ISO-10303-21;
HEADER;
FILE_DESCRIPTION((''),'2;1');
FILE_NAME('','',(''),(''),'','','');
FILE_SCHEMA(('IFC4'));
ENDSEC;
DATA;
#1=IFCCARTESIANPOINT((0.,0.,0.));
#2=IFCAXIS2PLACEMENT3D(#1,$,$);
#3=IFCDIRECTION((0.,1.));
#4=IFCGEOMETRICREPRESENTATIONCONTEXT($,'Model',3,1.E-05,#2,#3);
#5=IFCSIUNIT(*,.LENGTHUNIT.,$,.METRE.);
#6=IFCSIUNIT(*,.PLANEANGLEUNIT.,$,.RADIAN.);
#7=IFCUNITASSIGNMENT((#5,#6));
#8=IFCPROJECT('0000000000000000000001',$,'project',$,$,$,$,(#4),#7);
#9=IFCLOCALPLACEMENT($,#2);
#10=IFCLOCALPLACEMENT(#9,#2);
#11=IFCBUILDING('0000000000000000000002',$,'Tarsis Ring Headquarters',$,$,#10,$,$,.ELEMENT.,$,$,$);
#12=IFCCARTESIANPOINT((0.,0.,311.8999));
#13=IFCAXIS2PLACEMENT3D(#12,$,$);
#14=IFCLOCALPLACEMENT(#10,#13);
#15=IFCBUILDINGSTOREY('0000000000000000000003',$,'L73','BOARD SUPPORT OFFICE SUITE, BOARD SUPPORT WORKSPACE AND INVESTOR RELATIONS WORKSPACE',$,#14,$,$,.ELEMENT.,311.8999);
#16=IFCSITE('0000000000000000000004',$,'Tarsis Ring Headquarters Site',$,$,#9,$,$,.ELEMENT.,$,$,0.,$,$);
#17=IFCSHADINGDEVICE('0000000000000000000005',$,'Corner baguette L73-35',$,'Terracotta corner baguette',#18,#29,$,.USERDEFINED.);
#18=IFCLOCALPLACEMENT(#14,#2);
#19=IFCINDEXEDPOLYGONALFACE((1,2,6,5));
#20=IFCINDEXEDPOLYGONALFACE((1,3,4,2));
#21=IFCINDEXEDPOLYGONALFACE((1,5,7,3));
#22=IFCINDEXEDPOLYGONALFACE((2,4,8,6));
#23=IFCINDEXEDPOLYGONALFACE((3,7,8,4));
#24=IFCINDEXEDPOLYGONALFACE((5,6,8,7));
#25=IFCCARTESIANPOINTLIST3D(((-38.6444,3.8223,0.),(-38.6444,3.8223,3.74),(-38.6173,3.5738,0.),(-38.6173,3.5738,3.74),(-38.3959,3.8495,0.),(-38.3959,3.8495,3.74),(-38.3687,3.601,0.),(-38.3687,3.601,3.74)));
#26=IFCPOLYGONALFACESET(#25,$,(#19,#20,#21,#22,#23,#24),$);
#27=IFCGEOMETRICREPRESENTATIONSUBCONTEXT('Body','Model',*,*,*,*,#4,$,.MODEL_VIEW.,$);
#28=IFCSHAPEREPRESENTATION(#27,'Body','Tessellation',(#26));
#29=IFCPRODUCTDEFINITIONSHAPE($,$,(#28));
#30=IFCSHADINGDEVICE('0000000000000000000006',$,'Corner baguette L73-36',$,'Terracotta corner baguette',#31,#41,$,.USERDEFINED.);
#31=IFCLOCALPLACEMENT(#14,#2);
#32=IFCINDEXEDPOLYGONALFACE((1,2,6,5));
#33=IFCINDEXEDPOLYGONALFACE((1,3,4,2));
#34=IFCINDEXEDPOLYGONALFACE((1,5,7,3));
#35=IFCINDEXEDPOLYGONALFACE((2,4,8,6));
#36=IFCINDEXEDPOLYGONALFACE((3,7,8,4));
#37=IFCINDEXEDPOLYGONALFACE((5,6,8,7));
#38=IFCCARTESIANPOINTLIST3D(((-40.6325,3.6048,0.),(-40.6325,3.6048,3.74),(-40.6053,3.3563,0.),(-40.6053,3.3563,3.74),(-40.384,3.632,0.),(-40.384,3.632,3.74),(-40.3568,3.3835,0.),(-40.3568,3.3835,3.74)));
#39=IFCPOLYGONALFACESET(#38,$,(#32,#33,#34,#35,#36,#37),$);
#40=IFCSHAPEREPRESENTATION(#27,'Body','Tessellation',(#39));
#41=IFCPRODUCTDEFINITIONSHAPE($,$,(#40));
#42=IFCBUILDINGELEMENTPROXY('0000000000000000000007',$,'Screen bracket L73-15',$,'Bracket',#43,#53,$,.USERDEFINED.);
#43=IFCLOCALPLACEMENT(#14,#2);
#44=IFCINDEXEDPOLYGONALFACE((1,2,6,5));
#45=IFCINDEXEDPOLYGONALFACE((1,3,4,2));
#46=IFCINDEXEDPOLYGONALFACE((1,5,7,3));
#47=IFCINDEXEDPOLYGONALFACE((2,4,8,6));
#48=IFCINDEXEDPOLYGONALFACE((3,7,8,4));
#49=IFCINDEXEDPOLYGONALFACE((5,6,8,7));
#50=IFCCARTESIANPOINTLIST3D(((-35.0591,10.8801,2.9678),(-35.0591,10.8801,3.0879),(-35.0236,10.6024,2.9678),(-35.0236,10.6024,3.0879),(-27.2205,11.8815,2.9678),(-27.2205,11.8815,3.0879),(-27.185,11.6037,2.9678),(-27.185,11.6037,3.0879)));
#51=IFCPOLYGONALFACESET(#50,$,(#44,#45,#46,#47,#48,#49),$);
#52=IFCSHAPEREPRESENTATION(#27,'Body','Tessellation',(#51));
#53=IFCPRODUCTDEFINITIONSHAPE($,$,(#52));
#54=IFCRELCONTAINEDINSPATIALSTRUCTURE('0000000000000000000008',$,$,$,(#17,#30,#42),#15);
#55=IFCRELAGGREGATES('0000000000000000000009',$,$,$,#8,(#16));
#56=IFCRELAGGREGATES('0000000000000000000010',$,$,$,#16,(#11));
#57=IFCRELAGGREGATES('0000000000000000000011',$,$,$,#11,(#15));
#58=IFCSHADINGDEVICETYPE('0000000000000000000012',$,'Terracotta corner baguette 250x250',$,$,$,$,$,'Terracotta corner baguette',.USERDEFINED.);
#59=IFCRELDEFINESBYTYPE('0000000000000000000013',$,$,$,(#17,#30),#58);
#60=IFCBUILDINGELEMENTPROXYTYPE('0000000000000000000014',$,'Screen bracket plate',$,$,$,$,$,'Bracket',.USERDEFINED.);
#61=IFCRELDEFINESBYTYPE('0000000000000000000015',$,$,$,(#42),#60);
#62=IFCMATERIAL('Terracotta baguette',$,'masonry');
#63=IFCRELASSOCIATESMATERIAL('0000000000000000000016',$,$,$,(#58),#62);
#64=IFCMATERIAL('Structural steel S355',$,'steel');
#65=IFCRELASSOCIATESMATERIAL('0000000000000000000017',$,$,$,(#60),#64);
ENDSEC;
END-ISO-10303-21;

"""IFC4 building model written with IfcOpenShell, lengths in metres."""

from ifc_helpers import new_model, si_unit, direction, frame, origin, origin_2d, place, context, subcontext, project, spatial, rectangle, extrude, material, type_object, element, save


model = new_model("IFC4")

# Units and contexts
model_context = context("Model", 3, precision=1e-05, world=origin(), true_north=direction((0.0, 1.0)))
body_context = subcontext(model_context, "Body", "Model", "MODEL_VIEW")
ifc_project = project(units=[si_unit("LENGTHUNIT", "METRE"), si_unit("PLANEANGLEUNIT", "RADIAN")], contexts=[model_context])

# Site, building, storey
site_placement = place(None, origin())
site = spatial("IfcSite", under=ifc_project, at=site_placement, Name="Tarsis Ring Headquarters Site", CompositionType="ELEMENT", RefElevation=0.0)
building_placement = place(site_placement, origin())
building = spatial("IfcBuilding", under=site, at=building_placement, Name="Tarsis Ring Headquarters", CompositionType="ELEMENT")
storey_placement = place(building_placement, frame((0.0, 0.0, 311.8999)))
storey = spatial("IfcBuildingStorey", under=building, at=storey_placement, Name="L73", Description="BOARD SUPPORT OFFICE SUITE, BOARD SUPPORT WORKSPACE AND INVESTOR RELATIONS WORKSPACE", CompositionType="ELEMENT", Elevation=311.8999)

# Shared definitions
ifc_material_1 = material(Name="Structural steel S355", Category="steel")

# Shading devices
ifc_material_2 = material(Name="Terracotta baguette", Category="masonry")
shading_device_type_1 = type_object("IfcShadingDeviceType", Name="Terracotta corner baguette 250x250", ElementType="Terracotta corner baguette", PredefinedType="USERDEFINED", material=ifc_material_2)
for number, where, z_axis, x_axis, name in (
    (1, (-38.5066, 3.7117, 0.0), (0.0, 0.0, 1.0), (0.108694, -0.994075, 0.0), "Corner baguette L73-35"),
    (2, (-40.4946, 3.4941, 0.0), (0.0, 0.0, 1.0), (-0.994075, -0.108693, 0.0), "Corner baguette L73-36"),
):
    element("IfcShadingDevice", number, at=place(storey_placement, frame(where, z_axis=z_axis, x_axis=x_axis)), inside=storey, type_object=shading_device_type_1, Name=name, ObjectType="Terracotta corner baguette", PredefinedType="USERDEFINED", context=body_context, shape_type="SweptSolid", body=[
        extrude(rectangle(XDim=0.25, YDim=0.25, at=origin_2d()), origin(), (0.0, 0.0, 1.0), 3.74),
    ])

# Building element proxy
building_element_proxy_type = type_object("IfcBuildingElementProxyType", Name="Screen bracket plate", ElementType="Bracket", PredefinedType="USERDEFINED", material=ifc_material_1)
proxy_placement = place(storey_placement, frame((-31.1221, 11.2419, 2.9678), z_axis=(0.0, 0.0, 1.0), x_axis=(-0.991939, -0.126718, 0.0)))
element("IfcBuildingElementProxy", 3, at=proxy_placement, inside=storey, type_object=building_element_proxy_type, Name="Screen bracket L73-15", ObjectType="Bracket", PredefinedType="USERDEFINED", context=body_context, shape_type="SweptSolid", body=[
    extrude(rectangle(XDim=7.9023, YDim=0.28, at=origin_2d()), origin(), (0.0, 0.0, 1.0), 0.1201),
])

save(model, "model.ifc")
